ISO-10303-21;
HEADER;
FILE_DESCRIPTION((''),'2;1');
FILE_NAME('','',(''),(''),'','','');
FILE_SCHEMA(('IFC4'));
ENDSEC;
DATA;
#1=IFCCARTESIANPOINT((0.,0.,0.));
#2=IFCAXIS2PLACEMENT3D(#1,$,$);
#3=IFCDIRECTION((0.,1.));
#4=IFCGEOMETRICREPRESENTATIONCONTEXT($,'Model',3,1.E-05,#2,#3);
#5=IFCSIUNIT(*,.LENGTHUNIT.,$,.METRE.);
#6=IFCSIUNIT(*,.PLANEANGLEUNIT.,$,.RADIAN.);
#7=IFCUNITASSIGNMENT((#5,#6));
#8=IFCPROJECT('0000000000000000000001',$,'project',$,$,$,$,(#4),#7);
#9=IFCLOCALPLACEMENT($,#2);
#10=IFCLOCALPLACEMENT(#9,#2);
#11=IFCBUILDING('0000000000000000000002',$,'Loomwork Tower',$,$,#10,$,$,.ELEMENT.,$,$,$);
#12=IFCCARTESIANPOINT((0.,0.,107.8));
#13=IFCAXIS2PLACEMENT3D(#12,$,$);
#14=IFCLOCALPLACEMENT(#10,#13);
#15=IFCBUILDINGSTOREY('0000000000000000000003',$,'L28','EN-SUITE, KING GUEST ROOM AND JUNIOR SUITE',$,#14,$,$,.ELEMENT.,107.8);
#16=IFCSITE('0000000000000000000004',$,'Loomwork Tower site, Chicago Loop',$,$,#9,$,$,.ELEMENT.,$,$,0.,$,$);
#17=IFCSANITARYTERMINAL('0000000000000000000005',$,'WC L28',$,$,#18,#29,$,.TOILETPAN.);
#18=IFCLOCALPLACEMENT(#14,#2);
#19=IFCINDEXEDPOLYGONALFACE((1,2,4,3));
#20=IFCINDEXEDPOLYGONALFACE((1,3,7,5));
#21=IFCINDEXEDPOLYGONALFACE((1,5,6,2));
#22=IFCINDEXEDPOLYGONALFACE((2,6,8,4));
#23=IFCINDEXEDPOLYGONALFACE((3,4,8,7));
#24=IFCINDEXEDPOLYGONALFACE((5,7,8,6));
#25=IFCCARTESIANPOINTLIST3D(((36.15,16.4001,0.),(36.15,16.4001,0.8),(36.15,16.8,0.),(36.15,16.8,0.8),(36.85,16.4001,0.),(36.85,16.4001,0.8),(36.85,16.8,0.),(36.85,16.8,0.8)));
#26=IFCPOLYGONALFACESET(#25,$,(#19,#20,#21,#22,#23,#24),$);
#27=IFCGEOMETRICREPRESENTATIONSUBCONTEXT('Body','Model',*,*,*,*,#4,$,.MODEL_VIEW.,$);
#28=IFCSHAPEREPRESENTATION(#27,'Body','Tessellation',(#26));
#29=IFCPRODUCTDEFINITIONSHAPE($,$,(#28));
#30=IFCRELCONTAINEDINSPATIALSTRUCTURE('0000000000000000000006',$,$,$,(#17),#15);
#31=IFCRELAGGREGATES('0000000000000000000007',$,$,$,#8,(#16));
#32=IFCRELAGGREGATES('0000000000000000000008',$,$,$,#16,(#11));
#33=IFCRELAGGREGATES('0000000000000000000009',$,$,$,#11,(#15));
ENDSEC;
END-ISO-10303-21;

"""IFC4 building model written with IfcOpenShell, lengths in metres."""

from ifc_helpers import new_model, si_unit, direction, frame, origin, origin_2d, place, context, subcontext, project, spatial, rectangle, extrude, element, save


model = new_model("IFC4")

# Units and contexts
model_context = context("Model", 3, precision=1e-05, world=origin(), true_north=direction((0.0, 1.0)))
body_context = subcontext(model_context, "Body", "Model", "MODEL_VIEW")
ifc_project = project(units=[si_unit("LENGTHUNIT", "METRE"), si_unit("PLANEANGLEUNIT", "RADIAN")], contexts=[model_context])

# Site, building, storey
site_placement = place(None, origin())
site = spatial("IfcSite", under=ifc_project, at=site_placement, Name="Loomwork Tower site, Chicago Loop", CompositionType="ELEMENT", RefElevation=0.0)
building_placement = place(site_placement, origin())
building = spatial("IfcBuilding", under=site, at=building_placement, Name="Loomwork Tower", CompositionType="ELEMENT")
storey_placement = place(building_placement, frame((0.0, 0.0, 107.8)))
storey = spatial("IfcBuildingStorey", under=building, at=storey_placement, Name="L28", Description="EN-SUITE, KING GUEST ROOM AND JUNIOR SUITE", CompositionType="ELEMENT", Elevation=107.8)

# Sanitary terminal
sanitary_terminal_1_placement = place(storey_placement, frame((36.5, 16.6001, 0.0), z_axis=(0.0, 0.0, 1.0), x_axis=(1.0, 0.0, 0.0)))
element("IfcSanitaryTerminal", 1, at=sanitary_terminal_1_placement, inside=storey, Name="WC L28", PredefinedType="TOILETPAN", context=body_context, shape_type="SweptSolid", body=[
    extrude(rectangle(XDim=0.7, YDim=0.3999, at=origin_2d()), origin(), (0.0, 0.0, 1.0), 0.8),
])

save(model, "model.ifc")
